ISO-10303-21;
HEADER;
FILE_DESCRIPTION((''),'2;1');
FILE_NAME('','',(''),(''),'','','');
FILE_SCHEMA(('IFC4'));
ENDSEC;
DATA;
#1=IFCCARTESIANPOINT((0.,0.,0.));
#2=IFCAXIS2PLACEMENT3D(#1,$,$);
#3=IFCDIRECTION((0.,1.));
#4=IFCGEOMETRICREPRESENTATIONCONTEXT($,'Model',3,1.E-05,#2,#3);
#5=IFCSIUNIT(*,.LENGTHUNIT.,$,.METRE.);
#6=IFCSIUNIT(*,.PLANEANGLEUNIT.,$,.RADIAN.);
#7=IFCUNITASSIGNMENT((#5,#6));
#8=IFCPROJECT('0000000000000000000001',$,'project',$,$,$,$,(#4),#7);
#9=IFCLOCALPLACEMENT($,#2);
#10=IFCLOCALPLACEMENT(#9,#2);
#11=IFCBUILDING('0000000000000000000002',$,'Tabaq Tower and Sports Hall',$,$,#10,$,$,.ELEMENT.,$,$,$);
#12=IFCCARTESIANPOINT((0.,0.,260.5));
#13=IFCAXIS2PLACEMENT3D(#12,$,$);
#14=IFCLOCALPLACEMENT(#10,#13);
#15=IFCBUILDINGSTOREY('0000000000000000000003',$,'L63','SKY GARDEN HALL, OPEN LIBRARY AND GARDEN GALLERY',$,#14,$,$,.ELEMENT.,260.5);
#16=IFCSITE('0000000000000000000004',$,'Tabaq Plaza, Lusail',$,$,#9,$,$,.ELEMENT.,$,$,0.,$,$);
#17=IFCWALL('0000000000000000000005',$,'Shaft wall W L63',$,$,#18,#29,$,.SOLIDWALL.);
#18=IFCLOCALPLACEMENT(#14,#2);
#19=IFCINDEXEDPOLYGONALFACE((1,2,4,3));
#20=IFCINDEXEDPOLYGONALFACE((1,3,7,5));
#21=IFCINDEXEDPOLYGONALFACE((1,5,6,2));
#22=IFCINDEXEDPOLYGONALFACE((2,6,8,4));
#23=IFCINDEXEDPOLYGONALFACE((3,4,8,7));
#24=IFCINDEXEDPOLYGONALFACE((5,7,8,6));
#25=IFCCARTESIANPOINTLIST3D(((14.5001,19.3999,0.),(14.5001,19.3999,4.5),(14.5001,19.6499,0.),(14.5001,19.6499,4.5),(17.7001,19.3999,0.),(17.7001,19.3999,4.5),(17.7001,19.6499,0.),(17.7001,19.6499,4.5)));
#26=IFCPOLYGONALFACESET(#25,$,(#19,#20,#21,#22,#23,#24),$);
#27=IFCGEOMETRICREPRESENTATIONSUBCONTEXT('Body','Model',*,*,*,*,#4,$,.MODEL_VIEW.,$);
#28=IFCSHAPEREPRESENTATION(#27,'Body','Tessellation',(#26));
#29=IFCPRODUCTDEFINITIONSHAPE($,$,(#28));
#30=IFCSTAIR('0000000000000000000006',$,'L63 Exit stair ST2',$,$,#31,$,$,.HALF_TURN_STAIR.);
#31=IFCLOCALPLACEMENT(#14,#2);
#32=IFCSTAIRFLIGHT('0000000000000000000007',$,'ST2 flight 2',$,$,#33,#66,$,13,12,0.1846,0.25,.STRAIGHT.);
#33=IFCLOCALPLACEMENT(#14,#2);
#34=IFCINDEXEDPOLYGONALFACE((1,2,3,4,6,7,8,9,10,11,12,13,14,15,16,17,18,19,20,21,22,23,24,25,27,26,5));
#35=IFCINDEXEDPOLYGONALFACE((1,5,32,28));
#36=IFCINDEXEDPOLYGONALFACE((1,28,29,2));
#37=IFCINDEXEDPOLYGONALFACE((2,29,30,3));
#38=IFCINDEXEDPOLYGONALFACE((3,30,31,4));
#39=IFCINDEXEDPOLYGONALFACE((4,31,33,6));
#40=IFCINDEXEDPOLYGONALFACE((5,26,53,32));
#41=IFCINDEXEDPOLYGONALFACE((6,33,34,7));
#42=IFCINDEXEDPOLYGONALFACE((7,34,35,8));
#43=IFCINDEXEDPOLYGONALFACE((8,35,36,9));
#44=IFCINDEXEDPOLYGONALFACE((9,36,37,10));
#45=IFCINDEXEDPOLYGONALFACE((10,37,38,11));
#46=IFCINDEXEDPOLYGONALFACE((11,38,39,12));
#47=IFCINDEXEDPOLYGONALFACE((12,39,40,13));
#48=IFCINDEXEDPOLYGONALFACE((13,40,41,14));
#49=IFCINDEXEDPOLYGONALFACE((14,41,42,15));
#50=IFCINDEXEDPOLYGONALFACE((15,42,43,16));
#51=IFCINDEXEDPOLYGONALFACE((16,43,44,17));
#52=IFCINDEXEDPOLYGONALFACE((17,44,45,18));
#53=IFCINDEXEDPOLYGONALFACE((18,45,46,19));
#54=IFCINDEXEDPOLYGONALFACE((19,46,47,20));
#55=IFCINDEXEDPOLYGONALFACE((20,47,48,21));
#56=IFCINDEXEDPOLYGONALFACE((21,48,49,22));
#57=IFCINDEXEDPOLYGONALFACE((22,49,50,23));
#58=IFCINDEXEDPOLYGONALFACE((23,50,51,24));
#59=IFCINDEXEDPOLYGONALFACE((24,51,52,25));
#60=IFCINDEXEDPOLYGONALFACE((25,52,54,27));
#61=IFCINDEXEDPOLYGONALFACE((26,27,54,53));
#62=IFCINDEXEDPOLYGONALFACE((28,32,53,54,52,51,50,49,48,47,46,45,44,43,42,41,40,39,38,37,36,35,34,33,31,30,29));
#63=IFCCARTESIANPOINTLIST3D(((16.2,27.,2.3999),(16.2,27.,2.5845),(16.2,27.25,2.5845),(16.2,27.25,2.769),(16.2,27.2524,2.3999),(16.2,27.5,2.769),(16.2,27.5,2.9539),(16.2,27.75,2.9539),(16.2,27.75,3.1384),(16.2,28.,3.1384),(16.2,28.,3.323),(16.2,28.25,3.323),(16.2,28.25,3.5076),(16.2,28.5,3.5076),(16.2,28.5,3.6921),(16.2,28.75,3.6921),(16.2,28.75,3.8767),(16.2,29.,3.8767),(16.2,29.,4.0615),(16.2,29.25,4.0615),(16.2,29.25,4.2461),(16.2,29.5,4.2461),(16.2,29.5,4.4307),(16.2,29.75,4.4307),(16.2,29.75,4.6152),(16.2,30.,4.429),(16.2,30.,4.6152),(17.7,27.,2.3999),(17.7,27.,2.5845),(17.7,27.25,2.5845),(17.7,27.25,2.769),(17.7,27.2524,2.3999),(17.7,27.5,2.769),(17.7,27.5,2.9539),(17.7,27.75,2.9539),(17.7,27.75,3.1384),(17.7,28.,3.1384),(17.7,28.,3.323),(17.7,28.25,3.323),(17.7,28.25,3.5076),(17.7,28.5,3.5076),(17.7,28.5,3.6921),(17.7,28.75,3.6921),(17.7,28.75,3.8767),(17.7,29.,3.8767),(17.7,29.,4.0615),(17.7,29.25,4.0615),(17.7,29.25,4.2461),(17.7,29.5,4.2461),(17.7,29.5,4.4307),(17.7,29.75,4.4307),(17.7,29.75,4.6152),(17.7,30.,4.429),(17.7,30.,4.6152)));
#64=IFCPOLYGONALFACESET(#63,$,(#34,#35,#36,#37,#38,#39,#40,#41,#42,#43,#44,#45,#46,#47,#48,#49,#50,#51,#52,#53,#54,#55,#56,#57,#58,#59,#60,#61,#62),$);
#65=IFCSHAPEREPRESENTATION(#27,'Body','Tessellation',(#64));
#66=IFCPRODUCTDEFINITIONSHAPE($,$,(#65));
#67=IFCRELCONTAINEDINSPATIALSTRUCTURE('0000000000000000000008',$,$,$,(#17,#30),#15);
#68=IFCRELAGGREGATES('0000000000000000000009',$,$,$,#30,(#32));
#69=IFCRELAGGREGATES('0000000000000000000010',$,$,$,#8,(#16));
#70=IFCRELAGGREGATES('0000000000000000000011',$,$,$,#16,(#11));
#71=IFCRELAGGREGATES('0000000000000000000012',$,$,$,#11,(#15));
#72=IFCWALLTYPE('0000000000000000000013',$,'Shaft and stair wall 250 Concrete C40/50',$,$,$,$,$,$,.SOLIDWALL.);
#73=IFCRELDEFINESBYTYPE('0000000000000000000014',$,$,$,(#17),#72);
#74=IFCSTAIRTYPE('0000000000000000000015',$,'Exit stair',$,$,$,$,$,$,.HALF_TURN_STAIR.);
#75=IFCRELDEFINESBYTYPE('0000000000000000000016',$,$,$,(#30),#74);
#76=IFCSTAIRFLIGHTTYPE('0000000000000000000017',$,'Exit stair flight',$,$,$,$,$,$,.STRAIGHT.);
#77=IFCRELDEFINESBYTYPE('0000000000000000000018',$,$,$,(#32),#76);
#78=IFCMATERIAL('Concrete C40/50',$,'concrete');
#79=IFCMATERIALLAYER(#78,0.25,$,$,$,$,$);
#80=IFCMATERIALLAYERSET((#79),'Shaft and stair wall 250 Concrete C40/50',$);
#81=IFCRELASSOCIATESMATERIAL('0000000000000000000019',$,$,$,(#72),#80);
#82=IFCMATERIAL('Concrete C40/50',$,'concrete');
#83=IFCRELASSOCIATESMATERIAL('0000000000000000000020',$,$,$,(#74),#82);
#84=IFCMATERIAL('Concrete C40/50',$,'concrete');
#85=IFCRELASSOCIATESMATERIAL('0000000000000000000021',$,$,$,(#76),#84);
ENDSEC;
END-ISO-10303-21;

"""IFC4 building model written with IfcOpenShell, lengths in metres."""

from ifc_helpers import new_model, si_unit, direction, frame, frame_2d, origin, place, context, subcontext, project, spatial, polyline, rectangle, outline, extrude, material, layer, layer_set, type_object, element, aggregate, save


model = new_model("IFC4")

# Units and contexts
model_context = context("Model", 3, precision=1e-05, world=origin(), true_north=direction((0.0, 1.0)))
body_context = subcontext(model_context, "Body", "Model", "MODEL_VIEW")
ifc_project = project(units=[si_unit("LENGTHUNIT", "METRE"), si_unit("PLANEANGLEUNIT", "RADIAN")], contexts=[model_context])

# Site, building, storey
site_placement = place(None, origin())
site = spatial("IfcSite", under=ifc_project, at=site_placement, Name="Tabaq Plaza, Lusail", CompositionType="ELEMENT", RefElevation=0.0)
building_placement = place(site_placement, origin())
building = spatial("IfcBuilding", under=site, at=building_placement, Name="Tabaq Tower and Sports Hall", CompositionType="ELEMENT")
storey_placement = place(building_placement, frame((0.0, 0.0, 260.5)))
storey = spatial("IfcBuildingStorey", under=building, at=storey_placement, Name="L63", Description="SKY GARDEN HALL, OPEN LIBRARY AND GARDEN GALLERY", CompositionType="ELEMENT", Elevation=260.5)

# Shared definitions
ifc_material_1 = material(Name="Concrete C40/50", Category="concrete")
ifc_layer_1 = layer(ifc_material_1, 0.25)
ifc_layer_set_1 = layer_set([ifc_layer_1], Name="Shaft and stair wall 250 Concrete C40/50")
wall_type_1 = type_object("IfcWallType", Name="Shaft and stair wall 250 Concrete C40/50", PredefinedType="SOLIDWALL", material=ifc_layer_set_1)

# Wall
wall_1_placement = place(storey_placement, frame((14.5, 19.5249, 0.0), z_axis=(0.0, 0.0, 1.0), x_axis=(1.0, 0.0, 0.0)))
element("IfcWall", 1, at=wall_1_placement, inside=storey, type_object=wall_type_1, Name="Shaft wall W L63", PredefinedType="SOLIDWALL", context=body_context, shape_type="SweptSolid", body=[
    extrude(rectangle(XDim=3.2, YDim=0.25, at=frame_2d((1.6001, 0.0))), origin(), (0.0, 0.0, 1.0), 4.5),
])

# Stair, stair flight
ifc_material_2 = material(Name="Concrete C40/50", Category="concrete")
stair_type = type_object("IfcStairType", Name="Exit stair", PredefinedType="HALF_TURN_STAIR", material=ifc_material_2)
stair_placement = place(storey_placement, origin())
stair = element("IfcStair", 2, at=stair_placement, inside=storey, type_object=stair_type, Name="L63 Exit stair ST2", PredefinedType="HALF_TURN_STAIR")
ifc_material_3 = material(Name="Concrete C40/50", Category="concrete")
stair_flight_type = type_object("IfcStairFlightType", Name="Exit stair flight", PredefinedType="STRAIGHT", material=ifc_material_3)
stair_flight_placement = place(storey_placement, frame((16.95, 27.0, 2.3999), z_axis=(0.0, 0.0, 1.0), x_axis=(0.0, 1.0, 0.0)))
stair_flight = element("IfcStairFlight", 3, at=stair_flight_placement, type_object=stair_flight_type, Name="ST2 flight 2", NumberOfRisers=13, NumberOfTreads=12, PredefinedType="STRAIGHT", RiserHeight=0.1846, TreadLength=0.25, context=body_context, shape_type="SweptSolid", body=[
    extrude(outline(polyline([(0.0, 0.0), (0.0, 0.1846), (0.25, 0.1846), (0.25, 0.3691), (0.5, 0.3691), (0.5, 0.554), (0.75, 0.554), (0.75, 0.7385), (1.0, 0.7385), (1.0, 0.9231), (1.25, 0.9231), (1.25, 1.1077), (1.5, 1.1077), (1.5, 1.2922), (1.75, 1.2922), (1.75, 1.4768), (2.0, 1.4768), (2.0, 1.6616), (2.25, 1.6616), (2.25, 1.8462), (2.5, 1.8462), (2.5, 2.0308), (2.75, 2.0308), (2.75, 2.2153), (3.0, 2.2153), (3.0, 2.3999), (3.0, 2.0291), (0.2524, 0.0), (0.0, 0.0)])), frame((0.0, 0.75, 0.0), z_axis=(0.0, -1.0, 0.0), x_axis=(1.0, 0.0, 0.0)), (0.0, 0.0, 1.0), 1.5),
])
aggregate(stair, [stair_flight])

save(model, "model.ifc")
